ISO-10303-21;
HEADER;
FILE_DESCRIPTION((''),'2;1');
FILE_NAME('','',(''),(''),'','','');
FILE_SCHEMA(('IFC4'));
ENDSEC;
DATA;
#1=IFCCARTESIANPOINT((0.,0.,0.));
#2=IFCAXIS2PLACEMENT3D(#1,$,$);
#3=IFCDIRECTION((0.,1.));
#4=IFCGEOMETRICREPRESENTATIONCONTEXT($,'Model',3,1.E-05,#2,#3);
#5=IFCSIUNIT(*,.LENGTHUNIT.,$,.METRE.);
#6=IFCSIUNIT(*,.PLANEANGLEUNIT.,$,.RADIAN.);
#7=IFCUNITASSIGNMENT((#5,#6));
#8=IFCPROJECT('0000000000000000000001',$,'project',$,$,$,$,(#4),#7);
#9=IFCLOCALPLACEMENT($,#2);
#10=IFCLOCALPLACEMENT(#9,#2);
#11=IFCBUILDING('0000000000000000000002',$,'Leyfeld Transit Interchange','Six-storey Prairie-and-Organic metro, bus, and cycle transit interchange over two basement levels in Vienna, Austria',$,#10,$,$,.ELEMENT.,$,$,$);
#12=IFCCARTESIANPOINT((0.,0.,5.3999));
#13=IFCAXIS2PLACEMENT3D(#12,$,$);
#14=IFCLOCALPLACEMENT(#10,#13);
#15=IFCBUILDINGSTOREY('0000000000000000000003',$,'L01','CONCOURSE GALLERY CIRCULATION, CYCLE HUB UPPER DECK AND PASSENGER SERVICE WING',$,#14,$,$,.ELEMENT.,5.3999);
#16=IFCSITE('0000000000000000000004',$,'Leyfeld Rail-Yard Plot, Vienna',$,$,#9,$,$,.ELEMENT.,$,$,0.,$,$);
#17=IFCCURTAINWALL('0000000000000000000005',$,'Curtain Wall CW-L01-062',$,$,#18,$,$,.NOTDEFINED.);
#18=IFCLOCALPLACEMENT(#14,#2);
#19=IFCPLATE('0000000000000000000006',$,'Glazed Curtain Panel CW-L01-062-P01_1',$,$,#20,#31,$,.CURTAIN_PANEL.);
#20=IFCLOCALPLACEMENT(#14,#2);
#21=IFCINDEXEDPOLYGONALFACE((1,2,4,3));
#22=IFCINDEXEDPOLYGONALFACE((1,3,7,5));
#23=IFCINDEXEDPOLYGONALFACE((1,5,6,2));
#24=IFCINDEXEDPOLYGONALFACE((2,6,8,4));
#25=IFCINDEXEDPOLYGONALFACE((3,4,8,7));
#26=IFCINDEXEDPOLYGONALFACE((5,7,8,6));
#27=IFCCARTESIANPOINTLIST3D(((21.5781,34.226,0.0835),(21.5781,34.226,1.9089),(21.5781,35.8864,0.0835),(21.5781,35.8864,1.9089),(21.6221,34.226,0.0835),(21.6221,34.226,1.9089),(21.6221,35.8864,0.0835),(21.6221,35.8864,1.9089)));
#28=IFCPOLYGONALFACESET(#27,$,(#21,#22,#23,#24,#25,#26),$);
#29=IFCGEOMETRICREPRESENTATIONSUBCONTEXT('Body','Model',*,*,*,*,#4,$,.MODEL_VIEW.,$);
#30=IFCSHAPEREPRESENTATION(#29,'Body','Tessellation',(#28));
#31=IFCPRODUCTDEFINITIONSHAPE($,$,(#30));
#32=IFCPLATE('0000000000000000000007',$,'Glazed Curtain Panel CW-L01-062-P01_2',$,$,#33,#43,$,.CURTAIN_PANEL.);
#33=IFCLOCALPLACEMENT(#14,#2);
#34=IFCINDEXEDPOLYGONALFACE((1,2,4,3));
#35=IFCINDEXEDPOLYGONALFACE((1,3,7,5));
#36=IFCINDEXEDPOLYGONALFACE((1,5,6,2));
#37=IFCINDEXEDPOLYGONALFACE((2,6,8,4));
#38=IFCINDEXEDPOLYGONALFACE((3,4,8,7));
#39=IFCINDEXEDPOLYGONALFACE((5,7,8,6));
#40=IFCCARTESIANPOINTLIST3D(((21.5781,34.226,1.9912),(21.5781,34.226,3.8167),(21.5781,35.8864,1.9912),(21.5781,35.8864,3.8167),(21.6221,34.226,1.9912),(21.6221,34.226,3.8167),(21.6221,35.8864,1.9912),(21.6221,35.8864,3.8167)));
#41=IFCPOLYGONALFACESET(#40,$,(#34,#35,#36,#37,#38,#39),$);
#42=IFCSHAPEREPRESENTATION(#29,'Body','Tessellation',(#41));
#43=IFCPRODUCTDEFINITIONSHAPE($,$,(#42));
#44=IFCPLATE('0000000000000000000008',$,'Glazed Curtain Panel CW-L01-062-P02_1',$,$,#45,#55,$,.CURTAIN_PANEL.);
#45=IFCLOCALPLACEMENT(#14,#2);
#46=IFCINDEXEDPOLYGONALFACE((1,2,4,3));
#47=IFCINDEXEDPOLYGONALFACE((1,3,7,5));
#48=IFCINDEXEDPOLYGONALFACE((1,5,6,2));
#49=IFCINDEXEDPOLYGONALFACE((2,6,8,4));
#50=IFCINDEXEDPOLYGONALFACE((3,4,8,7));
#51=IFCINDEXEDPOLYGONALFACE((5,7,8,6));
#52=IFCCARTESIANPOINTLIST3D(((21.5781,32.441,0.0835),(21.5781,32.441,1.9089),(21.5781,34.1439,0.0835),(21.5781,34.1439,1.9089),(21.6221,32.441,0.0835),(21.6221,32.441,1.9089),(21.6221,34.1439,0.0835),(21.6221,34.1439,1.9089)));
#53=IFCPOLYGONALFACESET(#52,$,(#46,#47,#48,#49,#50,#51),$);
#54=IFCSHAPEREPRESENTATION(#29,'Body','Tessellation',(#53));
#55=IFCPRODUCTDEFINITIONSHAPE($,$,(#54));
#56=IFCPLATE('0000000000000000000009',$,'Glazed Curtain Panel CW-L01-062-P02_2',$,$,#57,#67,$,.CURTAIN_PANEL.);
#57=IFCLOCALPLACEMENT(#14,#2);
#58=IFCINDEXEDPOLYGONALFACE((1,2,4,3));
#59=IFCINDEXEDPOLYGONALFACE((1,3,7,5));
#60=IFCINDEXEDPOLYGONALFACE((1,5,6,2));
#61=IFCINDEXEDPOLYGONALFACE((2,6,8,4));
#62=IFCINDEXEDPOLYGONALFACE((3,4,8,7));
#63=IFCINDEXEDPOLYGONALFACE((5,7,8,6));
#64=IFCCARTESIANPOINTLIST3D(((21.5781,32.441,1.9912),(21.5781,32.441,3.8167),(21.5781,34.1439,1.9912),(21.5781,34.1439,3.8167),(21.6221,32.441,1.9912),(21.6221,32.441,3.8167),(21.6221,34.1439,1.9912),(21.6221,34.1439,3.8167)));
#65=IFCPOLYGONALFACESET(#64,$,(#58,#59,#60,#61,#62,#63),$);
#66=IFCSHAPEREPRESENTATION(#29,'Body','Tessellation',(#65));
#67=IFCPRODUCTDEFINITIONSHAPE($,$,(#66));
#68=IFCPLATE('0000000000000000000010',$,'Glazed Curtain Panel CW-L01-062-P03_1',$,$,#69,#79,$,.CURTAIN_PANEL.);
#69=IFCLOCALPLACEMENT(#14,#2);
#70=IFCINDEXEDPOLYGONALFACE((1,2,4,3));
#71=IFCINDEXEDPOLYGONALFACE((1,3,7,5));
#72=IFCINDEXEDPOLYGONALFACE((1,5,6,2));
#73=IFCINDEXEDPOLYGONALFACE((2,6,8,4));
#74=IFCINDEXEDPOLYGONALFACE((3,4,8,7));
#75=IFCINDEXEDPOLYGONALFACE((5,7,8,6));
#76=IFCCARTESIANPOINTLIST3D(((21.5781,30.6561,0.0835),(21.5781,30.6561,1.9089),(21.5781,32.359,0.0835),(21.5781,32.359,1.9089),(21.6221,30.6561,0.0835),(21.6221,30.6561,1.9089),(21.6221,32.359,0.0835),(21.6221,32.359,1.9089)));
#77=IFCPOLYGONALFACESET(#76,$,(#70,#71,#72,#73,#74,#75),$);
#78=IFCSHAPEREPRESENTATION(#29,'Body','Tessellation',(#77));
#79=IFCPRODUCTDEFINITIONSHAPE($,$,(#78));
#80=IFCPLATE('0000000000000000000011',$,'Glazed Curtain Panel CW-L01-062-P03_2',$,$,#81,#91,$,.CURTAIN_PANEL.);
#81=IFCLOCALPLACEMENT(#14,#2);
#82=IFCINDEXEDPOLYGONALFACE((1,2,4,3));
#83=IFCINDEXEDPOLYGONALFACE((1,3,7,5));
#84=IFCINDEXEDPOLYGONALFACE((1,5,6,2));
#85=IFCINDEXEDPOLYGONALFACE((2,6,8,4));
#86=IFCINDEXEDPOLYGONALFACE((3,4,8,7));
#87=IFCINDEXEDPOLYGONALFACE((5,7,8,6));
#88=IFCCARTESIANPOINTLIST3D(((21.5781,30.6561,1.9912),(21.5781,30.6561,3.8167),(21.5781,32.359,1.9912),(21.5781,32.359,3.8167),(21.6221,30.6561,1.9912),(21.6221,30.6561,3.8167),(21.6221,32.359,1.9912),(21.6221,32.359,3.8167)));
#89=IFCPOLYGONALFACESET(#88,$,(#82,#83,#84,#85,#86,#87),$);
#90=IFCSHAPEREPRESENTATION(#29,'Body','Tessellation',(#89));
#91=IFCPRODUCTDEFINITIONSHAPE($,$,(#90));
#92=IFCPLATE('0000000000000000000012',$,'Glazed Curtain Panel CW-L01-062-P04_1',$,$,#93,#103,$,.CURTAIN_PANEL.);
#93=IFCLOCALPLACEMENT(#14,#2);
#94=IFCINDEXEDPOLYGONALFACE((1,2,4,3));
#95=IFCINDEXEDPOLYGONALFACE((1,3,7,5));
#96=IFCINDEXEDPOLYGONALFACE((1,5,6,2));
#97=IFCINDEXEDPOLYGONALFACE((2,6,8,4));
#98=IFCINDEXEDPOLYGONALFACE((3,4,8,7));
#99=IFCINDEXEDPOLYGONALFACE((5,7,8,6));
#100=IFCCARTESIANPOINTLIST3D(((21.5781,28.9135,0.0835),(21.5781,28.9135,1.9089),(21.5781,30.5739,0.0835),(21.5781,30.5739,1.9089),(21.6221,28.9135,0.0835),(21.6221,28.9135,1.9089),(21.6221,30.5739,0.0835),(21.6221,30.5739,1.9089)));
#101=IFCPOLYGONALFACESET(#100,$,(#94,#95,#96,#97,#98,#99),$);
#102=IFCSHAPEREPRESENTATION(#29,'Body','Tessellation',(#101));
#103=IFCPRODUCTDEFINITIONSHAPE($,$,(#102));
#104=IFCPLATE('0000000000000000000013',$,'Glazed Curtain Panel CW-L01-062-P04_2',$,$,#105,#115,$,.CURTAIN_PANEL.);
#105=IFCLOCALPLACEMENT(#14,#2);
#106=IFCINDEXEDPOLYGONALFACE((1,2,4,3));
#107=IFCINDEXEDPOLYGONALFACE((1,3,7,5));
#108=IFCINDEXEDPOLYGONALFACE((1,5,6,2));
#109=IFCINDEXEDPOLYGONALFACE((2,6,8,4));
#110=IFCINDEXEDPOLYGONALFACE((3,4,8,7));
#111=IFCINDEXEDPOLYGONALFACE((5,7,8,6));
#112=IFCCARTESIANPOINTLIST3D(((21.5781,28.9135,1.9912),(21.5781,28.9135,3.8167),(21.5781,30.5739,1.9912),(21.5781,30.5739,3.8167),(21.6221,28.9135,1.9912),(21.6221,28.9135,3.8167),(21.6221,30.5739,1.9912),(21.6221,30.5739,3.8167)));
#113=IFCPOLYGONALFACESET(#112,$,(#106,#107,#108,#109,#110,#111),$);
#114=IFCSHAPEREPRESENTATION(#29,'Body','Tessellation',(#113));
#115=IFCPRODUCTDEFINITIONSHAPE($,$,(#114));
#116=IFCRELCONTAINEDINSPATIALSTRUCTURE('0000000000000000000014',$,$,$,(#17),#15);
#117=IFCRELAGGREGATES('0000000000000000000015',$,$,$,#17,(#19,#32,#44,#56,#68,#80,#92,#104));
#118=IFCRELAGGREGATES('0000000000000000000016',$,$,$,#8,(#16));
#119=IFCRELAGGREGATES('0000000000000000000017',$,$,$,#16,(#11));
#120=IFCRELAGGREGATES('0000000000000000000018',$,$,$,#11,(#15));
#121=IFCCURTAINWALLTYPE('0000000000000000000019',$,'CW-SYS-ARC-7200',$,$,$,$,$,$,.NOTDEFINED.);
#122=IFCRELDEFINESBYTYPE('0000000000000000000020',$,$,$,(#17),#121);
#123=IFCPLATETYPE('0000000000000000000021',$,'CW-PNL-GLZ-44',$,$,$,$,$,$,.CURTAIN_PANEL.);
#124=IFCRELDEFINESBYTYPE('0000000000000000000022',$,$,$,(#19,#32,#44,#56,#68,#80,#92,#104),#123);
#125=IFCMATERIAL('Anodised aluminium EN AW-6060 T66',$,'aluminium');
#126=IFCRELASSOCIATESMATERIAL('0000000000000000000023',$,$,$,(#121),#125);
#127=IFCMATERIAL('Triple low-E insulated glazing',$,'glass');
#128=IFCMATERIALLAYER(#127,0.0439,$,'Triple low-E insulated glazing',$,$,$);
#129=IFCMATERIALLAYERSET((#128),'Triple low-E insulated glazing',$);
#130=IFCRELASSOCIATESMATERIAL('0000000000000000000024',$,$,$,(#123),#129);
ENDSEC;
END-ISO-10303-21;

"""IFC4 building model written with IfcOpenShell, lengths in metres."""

from ifc_helpers import new_model, si_unit, direction, frame, origin, origin_2d, place, context, subcontext, project, spatial, rectangle, extrude, material, layer, layer_set, type_object, element, aggregate, save


model = new_model("IFC4")

# Units and contexts
model_context = context("Model", 3, precision=1e-05, world=origin(), true_north=direction((0.0, 1.0)))
body_context = subcontext(model_context, "Body", "Model", "MODEL_VIEW")
ifc_project = project(units=[si_unit("LENGTHUNIT", "METRE"), si_unit("PLANEANGLEUNIT", "RADIAN")], contexts=[model_context])

# Site, building, storey
site_placement = place(None, origin())
site = spatial("IfcSite", under=ifc_project, at=site_placement, Name="Leyfeld Rail-Yard Plot, Vienna", CompositionType="ELEMENT", RefElevation=0.0)
building_placement = place(site_placement, origin())
building = spatial("IfcBuilding", under=site, at=building_placement, Name="Leyfeld Transit Interchange", Description="Six-storey Prairie-and-Organic metro, bus, and cycle transit interchange over two basement levels in Vienna, Austria", CompositionType="ELEMENT")
storey_placement = place(building_placement, frame((0.0, 0.0, 5.3999)))
storey = spatial("IfcBuildingStorey", under=building, at=storey_placement, Name="L01", Description="CONCOURSE GALLERY CIRCULATION, CYCLE HUB UPPER DECK AND PASSENGER SERVICE WING", CompositionType="ELEMENT", Elevation=5.3999)

# Curtain wall
ifc_material_1 = material(Name="Anodised aluminium EN AW-6060 T66", Category="aluminium")
curtain_wall_type = type_object("IfcCurtainWallType", Name="CW-SYS-ARC-7200", PredefinedType="NOTDEFINED", material=ifc_material_1)
curtain_wall_1_placement = place(storey_placement, origin())
curtain_wall_1 = element("IfcCurtainWall", 1, at=curtain_wall_1_placement, inside=storey, type_object=curtain_wall_type, Name="Curtain Wall CW-L01-062", PredefinedType="NOTDEFINED")

# Plates
ifc_material_2 = material(Name="Triple low-E insulated glazing", Category="glass")
ifc_layer = layer(ifc_material_2, 0.0439, Name="Triple low-E insulated glazing")
ifc_layer_set = layer_set([ifc_layer], Name="Triple low-E insulated glazing")
plate_type = type_object("IfcPlateType", Name="CW-PNL-GLZ-44", PredefinedType="CURTAIN_PANEL", material=ifc_layer_set)
plate_1_placement = place(storey_placement, frame((21.6001, 35.0562, 0.0835), z_axis=(0.0, 0.0, 1.0), x_axis=(0.0, -1.0, 0.0)))
plate_1 = element("IfcPlate", 2, at=plate_1_placement, type_object=plate_type, Name="Glazed Curtain Panel CW-L01-062-P01_1", PredefinedType="CURTAIN_PANEL", context=body_context, shape_type="SweptSolid", body=[
    extrude(rectangle(XDim=1.6604, YDim=0.0439, at=origin_2d()), origin(), (0.0, 0.0, 1.0), 1.8254),
])
plate_2_placement = place(storey_placement, frame((21.6001, 35.0562, 1.9912), z_axis=(0.0, 0.0, 1.0), x_axis=(0.0, -1.0, 0.0)))
plate_2 = element("IfcPlate", 3, at=plate_2_placement, type_object=plate_type, Name="Glazed Curtain Panel CW-L01-062-P01_2", PredefinedType="CURTAIN_PANEL", context=body_context, shape_type="SweptSolid", body=[
    extrude(rectangle(XDim=1.6604, YDim=0.0439, at=origin_2d()), origin(), (0.0, 0.0, 1.0), 1.8254),
])
plate_3_placement = place(storey_placement, frame((21.6001, 33.2925, 0.0835), z_axis=(0.0, 0.0, 1.0), x_axis=(0.0, -1.0, 0.0)))
plate_3 = element("IfcPlate", 4, at=plate_3_placement, type_object=plate_type, Name="Glazed Curtain Panel CW-L01-062-P02_1", PredefinedType="CURTAIN_PANEL", context=body_context, shape_type="SweptSolid", body=[
    extrude(rectangle(XDim=1.7029, YDim=0.0439, at=origin_2d()), origin(), (0.0, 0.0, 1.0), 1.8254),
])
plate_4_placement = place(storey_placement, frame((21.6001, 33.2925, 1.9912), z_axis=(0.0, 0.0, 1.0), x_axis=(0.0, -1.0, 0.0)))
plate_4 = element("IfcPlate", 5, at=plate_4_placement, type_object=plate_type, Name="Glazed Curtain Panel CW-L01-062-P02_2", PredefinedType="CURTAIN_PANEL", context=body_context, shape_type="SweptSolid", body=[
    extrude(rectangle(XDim=1.7029, YDim=0.0439, at=origin_2d()), origin(), (0.0, 0.0, 1.0), 1.8254),
])
plate_5_placement = place(storey_placement, frame((21.6001, 31.5076, 0.0835), z_axis=(0.0, 0.0, 1.0), x_axis=(0.0, -1.0, 0.0)))
plate_5 = element("IfcPlate", 6, at=plate_5_placement, type_object=plate_type, Name="Glazed Curtain Panel CW-L01-062-P03_1", PredefinedType="CURTAIN_PANEL", context=body_context, shape_type="SweptSolid", body=[
    extrude(rectangle(XDim=1.7029, YDim=0.0439, at=origin_2d()), origin(), (0.0, 0.0, 1.0), 1.8254),
])
plate_6_placement = place(storey_placement, frame((21.6001, 31.5076, 1.9912), z_axis=(0.0, 0.0, 1.0), x_axis=(0.0, -1.0, 0.0)))
plate_6 = element("IfcPlate", 7, at=plate_6_placement, type_object=plate_type, Name="Glazed Curtain Panel CW-L01-062-P03_2", PredefinedType="CURTAIN_PANEL", context=body_context, shape_type="SweptSolid", body=[
    extrude(rectangle(XDim=1.7029, YDim=0.0439, at=origin_2d()), origin(), (0.0, 0.0, 1.0), 1.8254),
])
plate_7_placement = place(storey_placement, frame((21.6001, 29.7437, 0.0835), z_axis=(0.0, 0.0, 1.0), x_axis=(0.0, -1.0, 0.0)))
plate_7 = element("IfcPlate", 8, at=plate_7_placement, type_object=plate_type, Name="Glazed Curtain Panel CW-L01-062-P04_1", PredefinedType="CURTAIN_PANEL", context=body_context, shape_type="SweptSolid", body=[
    extrude(rectangle(XDim=1.6604, YDim=0.0439, at=origin_2d()), origin(), (0.0, 0.0, 1.0), 1.8254),
])
plate_8_placement = place(storey_placement, frame((21.6001, 29.7437, 1.9912), z_axis=(0.0, 0.0, 1.0), x_axis=(0.0, -1.0, 0.0)))
plate_8 = element("IfcPlate", 9, at=plate_8_placement, type_object=plate_type, Name="Glazed Curtain Panel CW-L01-062-P04_2", PredefinedType="CURTAIN_PANEL", context=body_context, shape_type="SweptSolid", body=[
    extrude(rectangle(XDim=1.6604, YDim=0.0439, at=origin_2d()), origin(), (0.0, 0.0, 1.0), 1.8254),
])
aggregate(curtain_wall_1, [plate_1, plate_2, plate_3, plate_4, plate_5, plate_6, plate_7, plate_8])

save(model, "model.ifc")
